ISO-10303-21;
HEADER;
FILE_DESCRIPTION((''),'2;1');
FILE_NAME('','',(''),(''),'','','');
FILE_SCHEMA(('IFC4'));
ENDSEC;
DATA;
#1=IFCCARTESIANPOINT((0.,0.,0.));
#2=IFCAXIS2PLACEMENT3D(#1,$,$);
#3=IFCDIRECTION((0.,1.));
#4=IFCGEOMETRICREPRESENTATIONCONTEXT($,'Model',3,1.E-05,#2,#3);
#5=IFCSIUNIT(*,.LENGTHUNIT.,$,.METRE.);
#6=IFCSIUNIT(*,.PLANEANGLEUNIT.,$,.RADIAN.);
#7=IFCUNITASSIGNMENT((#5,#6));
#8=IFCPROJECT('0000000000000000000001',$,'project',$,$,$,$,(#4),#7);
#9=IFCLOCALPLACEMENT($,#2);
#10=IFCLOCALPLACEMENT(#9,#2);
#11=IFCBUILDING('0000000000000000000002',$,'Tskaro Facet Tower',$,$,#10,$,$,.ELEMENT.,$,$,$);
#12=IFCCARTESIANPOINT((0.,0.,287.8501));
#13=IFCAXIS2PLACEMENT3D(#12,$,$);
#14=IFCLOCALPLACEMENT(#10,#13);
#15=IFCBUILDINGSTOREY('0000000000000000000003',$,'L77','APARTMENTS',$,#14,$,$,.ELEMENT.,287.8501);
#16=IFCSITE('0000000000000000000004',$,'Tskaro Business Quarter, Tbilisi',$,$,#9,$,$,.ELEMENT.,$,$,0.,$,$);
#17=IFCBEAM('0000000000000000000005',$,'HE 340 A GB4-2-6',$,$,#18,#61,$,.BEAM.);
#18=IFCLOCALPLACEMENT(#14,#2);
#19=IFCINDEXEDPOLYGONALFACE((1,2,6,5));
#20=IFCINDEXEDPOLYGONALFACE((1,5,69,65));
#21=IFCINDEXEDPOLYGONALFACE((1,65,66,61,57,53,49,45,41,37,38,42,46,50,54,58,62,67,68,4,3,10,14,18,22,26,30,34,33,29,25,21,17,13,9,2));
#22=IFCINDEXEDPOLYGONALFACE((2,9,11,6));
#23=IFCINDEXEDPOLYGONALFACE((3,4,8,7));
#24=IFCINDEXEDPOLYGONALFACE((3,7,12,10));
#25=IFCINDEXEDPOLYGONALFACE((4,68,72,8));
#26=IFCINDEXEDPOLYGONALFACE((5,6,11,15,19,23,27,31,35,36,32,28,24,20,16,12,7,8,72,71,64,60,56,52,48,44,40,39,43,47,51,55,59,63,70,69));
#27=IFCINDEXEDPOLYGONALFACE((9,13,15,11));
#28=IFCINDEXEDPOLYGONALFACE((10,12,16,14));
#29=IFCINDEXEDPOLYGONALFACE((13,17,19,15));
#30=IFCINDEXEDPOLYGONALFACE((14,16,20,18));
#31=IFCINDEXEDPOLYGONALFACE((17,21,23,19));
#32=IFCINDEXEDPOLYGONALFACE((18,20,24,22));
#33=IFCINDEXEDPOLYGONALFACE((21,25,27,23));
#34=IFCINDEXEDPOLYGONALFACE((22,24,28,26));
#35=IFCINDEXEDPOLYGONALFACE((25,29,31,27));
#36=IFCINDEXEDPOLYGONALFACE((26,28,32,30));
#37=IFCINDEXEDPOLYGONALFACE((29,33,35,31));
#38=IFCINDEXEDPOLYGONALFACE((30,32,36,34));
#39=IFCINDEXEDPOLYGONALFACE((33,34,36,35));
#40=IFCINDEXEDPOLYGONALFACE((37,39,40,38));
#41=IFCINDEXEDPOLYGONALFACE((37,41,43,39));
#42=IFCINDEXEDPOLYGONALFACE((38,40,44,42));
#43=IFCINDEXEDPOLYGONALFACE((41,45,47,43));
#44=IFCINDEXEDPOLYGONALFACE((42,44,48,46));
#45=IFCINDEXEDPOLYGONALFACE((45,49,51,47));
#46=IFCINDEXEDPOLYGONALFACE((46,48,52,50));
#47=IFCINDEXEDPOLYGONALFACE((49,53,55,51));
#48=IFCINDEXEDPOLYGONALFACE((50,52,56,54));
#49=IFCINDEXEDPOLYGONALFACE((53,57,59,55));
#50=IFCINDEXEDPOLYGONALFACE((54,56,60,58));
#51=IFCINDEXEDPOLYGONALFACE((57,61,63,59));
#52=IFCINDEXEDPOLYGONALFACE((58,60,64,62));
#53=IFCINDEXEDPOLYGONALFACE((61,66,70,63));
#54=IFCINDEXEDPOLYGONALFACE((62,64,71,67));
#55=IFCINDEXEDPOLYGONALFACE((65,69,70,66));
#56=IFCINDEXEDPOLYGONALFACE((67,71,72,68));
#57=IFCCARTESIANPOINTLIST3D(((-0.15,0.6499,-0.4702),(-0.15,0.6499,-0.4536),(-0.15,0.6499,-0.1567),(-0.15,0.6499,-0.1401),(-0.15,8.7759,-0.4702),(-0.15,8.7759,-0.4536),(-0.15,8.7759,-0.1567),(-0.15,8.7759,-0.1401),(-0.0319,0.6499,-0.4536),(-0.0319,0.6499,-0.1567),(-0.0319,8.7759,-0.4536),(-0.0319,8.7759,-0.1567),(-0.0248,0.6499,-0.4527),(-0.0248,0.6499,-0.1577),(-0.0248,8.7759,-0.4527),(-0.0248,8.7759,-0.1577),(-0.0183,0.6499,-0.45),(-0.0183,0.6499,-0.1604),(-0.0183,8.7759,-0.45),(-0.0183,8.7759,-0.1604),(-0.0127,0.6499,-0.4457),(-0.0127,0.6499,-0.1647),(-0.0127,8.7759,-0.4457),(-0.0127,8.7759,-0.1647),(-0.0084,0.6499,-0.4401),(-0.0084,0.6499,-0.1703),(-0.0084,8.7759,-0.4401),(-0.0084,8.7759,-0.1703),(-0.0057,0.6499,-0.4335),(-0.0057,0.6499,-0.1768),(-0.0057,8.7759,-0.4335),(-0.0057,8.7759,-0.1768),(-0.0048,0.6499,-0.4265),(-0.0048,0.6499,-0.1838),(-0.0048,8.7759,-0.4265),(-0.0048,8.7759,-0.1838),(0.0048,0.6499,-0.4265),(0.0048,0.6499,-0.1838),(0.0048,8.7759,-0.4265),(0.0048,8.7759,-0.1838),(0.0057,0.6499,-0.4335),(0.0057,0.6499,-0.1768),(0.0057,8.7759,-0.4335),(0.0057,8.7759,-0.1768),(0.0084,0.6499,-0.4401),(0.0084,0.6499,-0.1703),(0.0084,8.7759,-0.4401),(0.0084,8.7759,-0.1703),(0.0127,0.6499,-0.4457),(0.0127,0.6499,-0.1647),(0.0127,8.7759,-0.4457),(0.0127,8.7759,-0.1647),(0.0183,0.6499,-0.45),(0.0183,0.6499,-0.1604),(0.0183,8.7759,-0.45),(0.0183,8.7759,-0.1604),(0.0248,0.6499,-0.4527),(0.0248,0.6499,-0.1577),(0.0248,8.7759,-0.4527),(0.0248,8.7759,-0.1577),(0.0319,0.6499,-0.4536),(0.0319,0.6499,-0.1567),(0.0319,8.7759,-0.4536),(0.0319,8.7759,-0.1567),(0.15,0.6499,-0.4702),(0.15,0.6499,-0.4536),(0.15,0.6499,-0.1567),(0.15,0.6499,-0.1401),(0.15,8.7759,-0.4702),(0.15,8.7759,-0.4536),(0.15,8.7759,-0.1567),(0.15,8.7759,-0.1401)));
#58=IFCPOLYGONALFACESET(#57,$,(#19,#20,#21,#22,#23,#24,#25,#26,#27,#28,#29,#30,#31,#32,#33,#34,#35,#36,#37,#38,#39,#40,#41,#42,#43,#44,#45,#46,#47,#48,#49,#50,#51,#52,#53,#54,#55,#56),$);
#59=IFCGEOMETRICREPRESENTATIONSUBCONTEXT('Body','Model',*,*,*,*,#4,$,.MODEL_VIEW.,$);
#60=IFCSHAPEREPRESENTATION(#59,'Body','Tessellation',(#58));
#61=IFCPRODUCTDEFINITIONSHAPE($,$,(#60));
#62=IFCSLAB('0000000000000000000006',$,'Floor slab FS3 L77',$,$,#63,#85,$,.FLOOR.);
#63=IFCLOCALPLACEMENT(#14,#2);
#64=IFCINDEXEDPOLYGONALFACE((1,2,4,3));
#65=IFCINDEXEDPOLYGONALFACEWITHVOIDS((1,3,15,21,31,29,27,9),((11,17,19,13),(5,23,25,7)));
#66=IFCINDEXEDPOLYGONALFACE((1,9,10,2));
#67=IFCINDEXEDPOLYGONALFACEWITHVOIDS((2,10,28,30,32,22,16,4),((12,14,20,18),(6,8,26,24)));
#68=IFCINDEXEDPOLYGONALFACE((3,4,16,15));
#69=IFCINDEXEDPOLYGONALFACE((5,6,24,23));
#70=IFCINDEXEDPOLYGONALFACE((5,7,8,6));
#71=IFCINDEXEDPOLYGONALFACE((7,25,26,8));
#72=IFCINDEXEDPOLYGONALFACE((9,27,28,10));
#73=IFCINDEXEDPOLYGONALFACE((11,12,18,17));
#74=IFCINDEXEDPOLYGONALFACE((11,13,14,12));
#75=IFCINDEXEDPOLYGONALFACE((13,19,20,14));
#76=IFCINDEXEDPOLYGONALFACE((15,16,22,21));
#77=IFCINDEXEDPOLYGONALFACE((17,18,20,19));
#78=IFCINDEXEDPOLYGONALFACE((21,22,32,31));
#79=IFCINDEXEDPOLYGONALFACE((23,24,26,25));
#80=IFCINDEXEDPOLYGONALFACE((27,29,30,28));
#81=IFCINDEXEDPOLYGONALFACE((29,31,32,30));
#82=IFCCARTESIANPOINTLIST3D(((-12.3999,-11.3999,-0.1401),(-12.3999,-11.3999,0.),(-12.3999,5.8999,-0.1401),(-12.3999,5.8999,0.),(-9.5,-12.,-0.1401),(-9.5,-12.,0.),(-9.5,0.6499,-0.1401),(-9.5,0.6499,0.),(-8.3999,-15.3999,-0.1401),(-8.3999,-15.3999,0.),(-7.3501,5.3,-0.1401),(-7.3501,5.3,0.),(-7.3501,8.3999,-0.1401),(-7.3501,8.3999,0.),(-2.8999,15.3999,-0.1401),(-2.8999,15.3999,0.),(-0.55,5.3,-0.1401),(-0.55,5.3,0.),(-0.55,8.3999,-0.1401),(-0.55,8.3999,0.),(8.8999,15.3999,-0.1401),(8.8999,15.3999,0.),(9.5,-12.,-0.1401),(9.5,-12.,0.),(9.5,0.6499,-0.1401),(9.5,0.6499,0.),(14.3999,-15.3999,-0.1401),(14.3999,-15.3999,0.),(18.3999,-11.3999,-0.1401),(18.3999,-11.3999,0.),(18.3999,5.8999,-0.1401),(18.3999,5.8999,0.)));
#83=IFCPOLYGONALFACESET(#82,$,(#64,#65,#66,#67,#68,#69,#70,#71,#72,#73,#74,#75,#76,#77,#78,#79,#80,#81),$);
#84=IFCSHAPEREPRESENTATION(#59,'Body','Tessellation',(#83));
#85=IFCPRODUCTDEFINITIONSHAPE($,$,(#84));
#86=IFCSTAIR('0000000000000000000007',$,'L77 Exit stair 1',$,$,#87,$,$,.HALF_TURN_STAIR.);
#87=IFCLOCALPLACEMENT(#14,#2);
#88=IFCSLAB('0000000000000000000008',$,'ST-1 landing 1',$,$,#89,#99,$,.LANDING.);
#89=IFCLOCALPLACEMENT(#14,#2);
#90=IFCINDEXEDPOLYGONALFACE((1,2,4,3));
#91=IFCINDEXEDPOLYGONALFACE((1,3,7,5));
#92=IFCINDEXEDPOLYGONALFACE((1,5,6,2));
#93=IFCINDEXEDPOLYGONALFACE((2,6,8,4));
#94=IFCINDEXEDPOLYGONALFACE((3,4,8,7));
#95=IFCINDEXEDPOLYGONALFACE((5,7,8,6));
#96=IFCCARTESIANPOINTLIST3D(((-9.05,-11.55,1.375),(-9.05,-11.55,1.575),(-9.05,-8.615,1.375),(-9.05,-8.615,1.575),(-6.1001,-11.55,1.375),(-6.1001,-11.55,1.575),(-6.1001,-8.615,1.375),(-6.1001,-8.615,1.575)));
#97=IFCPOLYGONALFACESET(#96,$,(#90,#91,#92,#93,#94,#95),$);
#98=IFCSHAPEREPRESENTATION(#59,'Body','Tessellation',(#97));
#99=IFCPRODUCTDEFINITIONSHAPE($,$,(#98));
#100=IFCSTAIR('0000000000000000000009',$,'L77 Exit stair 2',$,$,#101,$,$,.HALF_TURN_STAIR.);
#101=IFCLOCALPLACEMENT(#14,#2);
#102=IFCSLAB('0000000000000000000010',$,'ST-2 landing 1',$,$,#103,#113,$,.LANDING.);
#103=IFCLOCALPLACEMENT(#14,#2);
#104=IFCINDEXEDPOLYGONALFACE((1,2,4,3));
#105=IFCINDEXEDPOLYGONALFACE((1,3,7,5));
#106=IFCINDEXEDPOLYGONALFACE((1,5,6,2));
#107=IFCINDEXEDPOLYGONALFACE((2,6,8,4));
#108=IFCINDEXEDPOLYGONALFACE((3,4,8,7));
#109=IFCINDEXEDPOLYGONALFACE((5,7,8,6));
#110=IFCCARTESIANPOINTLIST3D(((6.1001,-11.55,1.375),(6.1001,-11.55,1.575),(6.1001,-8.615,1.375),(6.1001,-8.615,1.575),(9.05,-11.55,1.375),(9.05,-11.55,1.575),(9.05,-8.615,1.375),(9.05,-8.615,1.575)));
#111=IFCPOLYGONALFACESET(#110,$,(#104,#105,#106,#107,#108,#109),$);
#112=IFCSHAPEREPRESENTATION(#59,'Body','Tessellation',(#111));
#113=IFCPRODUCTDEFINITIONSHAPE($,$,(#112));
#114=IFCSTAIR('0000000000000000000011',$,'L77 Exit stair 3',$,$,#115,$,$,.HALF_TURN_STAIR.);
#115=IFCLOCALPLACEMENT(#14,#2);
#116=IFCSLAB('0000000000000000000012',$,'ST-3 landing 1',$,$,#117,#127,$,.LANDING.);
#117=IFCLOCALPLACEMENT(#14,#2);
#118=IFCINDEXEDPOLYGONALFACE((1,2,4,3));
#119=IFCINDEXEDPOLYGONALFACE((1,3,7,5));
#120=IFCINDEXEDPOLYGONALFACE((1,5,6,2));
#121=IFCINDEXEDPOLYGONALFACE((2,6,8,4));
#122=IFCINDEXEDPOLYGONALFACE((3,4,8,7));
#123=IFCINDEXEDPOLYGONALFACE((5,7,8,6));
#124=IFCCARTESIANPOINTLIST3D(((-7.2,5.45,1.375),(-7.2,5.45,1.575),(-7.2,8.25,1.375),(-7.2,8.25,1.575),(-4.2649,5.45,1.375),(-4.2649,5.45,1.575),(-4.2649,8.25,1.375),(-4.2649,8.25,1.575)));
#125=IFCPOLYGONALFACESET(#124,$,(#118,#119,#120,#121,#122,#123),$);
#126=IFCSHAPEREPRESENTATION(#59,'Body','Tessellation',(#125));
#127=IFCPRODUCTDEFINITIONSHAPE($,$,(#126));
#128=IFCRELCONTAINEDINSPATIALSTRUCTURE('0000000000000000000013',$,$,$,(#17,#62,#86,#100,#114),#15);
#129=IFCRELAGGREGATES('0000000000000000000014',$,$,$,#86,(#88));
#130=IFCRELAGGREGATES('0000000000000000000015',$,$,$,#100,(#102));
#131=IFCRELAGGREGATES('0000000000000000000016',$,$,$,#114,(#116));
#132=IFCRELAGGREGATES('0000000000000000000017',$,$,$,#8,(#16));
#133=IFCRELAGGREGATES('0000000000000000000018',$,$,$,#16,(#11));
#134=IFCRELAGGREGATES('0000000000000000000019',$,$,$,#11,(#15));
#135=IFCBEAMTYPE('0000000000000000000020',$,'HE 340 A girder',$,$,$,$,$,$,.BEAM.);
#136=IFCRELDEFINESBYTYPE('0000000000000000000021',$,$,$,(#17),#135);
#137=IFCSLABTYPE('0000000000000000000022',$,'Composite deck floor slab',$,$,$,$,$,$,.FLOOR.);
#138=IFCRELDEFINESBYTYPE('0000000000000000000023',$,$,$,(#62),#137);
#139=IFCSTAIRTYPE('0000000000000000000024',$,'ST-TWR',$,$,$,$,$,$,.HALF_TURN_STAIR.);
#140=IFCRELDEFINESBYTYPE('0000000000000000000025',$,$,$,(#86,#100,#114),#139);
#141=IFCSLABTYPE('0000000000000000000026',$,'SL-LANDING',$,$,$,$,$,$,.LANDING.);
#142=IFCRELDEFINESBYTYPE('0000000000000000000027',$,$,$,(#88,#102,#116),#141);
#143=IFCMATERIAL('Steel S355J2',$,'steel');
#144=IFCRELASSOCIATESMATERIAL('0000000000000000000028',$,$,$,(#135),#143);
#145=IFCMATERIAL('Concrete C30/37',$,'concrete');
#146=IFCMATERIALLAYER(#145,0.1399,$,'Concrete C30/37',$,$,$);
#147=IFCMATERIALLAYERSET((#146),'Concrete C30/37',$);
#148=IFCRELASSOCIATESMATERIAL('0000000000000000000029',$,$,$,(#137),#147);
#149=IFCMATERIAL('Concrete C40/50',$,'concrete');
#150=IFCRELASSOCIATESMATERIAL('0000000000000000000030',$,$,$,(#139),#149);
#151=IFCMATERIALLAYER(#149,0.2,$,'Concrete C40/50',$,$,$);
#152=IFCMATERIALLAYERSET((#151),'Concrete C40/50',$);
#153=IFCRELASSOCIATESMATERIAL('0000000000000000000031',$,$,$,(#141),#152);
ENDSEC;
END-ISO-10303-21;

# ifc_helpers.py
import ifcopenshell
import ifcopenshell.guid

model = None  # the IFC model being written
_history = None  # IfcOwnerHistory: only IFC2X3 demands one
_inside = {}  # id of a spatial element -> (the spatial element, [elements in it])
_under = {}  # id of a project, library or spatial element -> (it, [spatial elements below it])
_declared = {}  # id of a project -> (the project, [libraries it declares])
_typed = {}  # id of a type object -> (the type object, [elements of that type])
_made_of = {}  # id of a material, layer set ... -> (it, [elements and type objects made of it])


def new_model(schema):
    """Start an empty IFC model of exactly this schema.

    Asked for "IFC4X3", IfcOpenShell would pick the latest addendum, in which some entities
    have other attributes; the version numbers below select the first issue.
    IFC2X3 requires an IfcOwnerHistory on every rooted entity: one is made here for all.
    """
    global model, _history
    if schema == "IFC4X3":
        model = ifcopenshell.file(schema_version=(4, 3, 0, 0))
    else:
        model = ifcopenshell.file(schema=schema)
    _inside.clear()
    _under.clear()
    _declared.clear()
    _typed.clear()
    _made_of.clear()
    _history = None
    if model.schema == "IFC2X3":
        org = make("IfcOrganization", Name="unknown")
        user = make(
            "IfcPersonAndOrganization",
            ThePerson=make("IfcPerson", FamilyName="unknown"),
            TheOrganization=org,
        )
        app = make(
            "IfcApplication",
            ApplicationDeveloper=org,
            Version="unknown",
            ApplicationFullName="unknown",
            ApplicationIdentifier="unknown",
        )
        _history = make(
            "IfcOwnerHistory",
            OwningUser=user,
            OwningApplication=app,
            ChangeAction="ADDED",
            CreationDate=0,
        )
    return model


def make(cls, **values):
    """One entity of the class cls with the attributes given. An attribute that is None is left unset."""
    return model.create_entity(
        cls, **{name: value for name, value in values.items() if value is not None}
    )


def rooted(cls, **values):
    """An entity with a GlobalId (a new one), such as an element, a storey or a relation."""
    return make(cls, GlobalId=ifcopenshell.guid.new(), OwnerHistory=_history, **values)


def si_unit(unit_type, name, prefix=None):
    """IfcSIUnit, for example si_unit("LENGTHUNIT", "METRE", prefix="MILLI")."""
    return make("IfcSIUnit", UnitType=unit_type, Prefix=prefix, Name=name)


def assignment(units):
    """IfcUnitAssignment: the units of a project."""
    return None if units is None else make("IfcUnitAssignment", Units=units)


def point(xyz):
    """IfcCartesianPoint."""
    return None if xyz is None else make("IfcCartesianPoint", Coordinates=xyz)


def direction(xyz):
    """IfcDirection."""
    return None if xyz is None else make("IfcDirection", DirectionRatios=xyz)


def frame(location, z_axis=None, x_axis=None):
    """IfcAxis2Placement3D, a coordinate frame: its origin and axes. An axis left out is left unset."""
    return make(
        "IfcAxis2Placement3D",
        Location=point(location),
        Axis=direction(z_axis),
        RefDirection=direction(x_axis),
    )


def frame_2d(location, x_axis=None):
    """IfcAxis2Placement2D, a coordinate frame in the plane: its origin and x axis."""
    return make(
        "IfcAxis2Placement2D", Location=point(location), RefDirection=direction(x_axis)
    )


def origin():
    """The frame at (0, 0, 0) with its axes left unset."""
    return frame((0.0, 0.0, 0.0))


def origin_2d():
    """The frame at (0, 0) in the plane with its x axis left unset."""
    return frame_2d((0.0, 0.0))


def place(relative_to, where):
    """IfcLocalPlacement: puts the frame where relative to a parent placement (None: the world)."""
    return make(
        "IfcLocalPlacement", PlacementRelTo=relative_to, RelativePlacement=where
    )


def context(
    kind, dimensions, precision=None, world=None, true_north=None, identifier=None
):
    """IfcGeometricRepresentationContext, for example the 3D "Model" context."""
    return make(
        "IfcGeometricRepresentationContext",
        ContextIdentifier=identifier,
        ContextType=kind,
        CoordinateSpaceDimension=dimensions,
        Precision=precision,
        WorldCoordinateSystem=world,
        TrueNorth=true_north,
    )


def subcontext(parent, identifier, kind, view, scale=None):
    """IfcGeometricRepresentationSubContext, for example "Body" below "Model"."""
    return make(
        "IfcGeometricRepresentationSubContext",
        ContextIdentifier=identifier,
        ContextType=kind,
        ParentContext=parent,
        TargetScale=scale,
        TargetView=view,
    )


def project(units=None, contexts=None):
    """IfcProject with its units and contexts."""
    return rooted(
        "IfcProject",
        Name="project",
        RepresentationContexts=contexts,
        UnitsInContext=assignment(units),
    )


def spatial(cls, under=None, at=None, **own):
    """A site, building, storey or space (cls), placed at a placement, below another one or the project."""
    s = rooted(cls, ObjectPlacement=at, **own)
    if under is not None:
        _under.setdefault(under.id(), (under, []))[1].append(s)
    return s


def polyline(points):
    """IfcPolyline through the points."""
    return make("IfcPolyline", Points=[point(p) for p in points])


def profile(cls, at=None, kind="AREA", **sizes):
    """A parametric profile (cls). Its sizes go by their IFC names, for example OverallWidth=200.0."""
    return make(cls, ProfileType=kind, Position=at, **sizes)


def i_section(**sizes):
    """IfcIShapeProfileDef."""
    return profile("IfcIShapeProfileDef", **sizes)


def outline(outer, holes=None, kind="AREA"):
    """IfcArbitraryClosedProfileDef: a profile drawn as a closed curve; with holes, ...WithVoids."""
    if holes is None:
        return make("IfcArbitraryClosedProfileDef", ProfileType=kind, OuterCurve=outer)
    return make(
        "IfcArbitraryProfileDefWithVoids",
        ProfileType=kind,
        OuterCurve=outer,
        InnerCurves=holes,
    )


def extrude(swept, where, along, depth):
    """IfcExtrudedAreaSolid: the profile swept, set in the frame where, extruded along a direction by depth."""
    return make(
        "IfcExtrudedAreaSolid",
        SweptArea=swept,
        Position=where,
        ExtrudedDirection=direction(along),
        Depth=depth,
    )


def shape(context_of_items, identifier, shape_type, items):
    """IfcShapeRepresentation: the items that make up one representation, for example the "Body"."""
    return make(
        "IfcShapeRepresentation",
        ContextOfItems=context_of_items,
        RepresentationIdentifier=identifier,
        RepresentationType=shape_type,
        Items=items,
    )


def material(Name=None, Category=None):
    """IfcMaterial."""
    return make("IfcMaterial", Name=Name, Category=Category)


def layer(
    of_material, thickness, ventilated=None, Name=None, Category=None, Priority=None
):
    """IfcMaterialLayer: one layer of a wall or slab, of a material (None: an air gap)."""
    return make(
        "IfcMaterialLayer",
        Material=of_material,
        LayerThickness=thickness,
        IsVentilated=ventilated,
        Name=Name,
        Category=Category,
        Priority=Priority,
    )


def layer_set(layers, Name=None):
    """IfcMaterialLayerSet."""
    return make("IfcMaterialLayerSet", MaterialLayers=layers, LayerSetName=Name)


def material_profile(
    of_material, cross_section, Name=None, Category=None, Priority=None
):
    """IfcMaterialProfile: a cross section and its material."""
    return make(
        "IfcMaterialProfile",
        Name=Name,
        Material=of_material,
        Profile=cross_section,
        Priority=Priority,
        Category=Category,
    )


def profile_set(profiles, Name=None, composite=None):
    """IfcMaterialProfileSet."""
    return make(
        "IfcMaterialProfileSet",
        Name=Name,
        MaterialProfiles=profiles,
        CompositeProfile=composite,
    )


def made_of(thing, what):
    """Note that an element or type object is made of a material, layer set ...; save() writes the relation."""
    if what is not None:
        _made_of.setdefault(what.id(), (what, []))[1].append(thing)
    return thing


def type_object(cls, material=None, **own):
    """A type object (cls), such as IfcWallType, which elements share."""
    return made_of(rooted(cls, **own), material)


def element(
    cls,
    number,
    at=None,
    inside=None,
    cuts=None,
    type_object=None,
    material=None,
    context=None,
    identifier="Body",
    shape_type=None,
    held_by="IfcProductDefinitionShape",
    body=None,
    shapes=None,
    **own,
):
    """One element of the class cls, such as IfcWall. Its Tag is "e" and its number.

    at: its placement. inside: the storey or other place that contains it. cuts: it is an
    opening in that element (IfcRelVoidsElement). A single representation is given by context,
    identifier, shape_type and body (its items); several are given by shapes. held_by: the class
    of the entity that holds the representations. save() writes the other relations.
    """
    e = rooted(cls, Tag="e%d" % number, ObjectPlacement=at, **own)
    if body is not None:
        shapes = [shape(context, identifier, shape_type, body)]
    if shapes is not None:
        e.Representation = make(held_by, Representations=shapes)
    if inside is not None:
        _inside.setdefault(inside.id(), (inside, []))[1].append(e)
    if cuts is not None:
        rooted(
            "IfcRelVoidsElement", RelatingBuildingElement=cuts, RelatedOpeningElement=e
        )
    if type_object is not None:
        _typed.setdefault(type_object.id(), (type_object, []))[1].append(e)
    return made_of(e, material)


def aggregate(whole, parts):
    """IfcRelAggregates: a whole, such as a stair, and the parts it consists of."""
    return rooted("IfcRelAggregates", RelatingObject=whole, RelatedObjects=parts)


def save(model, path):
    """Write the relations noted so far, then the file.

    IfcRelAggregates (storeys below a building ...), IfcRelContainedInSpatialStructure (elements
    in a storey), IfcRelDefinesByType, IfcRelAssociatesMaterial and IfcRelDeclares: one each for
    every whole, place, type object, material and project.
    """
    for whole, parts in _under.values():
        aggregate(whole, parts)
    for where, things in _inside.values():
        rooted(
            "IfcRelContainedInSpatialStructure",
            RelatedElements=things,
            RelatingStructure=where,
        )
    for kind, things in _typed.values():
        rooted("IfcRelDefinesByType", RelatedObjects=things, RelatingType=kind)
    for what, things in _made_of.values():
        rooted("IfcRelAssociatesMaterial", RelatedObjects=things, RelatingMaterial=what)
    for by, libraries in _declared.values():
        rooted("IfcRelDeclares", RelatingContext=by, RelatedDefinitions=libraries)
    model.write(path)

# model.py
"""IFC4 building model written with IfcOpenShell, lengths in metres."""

from ifc_helpers import new_model, si_unit, direction, frame, origin, origin_2d, place, context, subcontext, project, spatial, polyline, i_section, outline, extrude, material, layer, layer_set, material_profile, profile_set, type_object, element, aggregate, save


model = new_model("IFC4")

# Units and contexts
model_context = context("Model", 3, precision=1e-05, world=origin(), true_north=direction((0.0, 1.0)))
body_context = subcontext(model_context, "Body", "Model", "MODEL_VIEW")
ifc_project = project(units=[si_unit("LENGTHUNIT", "METRE"), si_unit("PLANEANGLEUNIT", "RADIAN")], contexts=[model_context])

# Site, building, storey
site_placement = place(None, origin())
site = spatial("IfcSite", under=ifc_project, at=site_placement, Name="Tskaro Business Quarter, Tbilisi", CompositionType="ELEMENT", RefElevation=0.0)
building_placement = place(site_placement, origin())
building = spatial("IfcBuilding", under=site, at=building_placement, Name="Tskaro Facet Tower", CompositionType="ELEMENT")
storey_placement = place(building_placement, frame((0.0, 0.0, 287.8501)))
storey = spatial("IfcBuildingStorey", under=building, at=storey_placement, Name="L77", Description="APARTMENTS", CompositionType="ELEMENT", Elevation=287.8501)

# Beam
ifc_material_1 = material(Name="Steel S355J2", Category="steel")
ifc_material_profile = material_profile(ifc_material_1, i_section(OverallWidth=0.3, OverallDepth=0.3301, WebThickness=0.0095, FlangeThickness=0.0166, FilletRadius=0.0271, at=origin_2d()), Name="HE 340 A")
ifc_profile_set = profile_set([ifc_material_profile], Name="Steel S355J2")
beam_type = type_object("IfcBeamType", Name="HE 340 A girder", PredefinedType="BEAM", material=ifc_profile_set)
beam_placement = place(storey_placement, frame((0.0, 0.6499, -0.3052), z_axis=(0.0, 1.0, 0.0), x_axis=(-1.0, 0.0, 0.0)))
element("IfcBeam", 1, at=beam_placement, inside=storey, type_object=beam_type, Name="HE 340 A GB4-2-6", PredefinedType="BEAM", context=body_context, shape_type="SweptSolid", body=[
    extrude(i_section(OverallWidth=0.3, OverallDepth=0.3301, WebThickness=0.0095, FlangeThickness=0.0166, FilletRadius=0.0271, at=origin_2d()), origin(), (0.0, 0.0, 1.0), 8.126),
])

# Slab
ifc_material_2 = material(Name="Concrete C30/37", Category="concrete")
ifc_layer_1 = layer(ifc_material_2, 0.1399, Name="Concrete C30/37")
ifc_layer_set_1 = layer_set([ifc_layer_1], Name="Concrete C30/37")
slab_type_1 = type_object("IfcSlabType", Name="Composite deck floor slab", PredefinedType="FLOOR", material=ifc_layer_set_1)
slab_1_placement = place(storey_placement, frame((0.0, 0.0, -0.1401)))
element("IfcSlab", 2, at=slab_1_placement, inside=storey, type_object=slab_type_1, Name="Floor slab FS3 L77", PredefinedType="FLOOR", context=body_context, shape_type="SweptSolid", body=[
    extrude(outline(polyline([(-8.3999, -15.3999), (14.3999, -15.3999), (18.3999, -11.3999), (18.3999, 5.8999), (8.8999, 15.3999), (-2.8999, 15.3999), (-12.3999, 5.8999), (-12.3999, -11.3999), (-8.3999, -15.3999)]), holes=[polyline([(-9.5, -12.0), (9.5, -12.0), (9.5, 0.6499), (-9.5, 0.6499), (-9.5, -12.0)]), polyline([(-7.3501, 5.3), (-0.55, 5.3), (-0.55, 8.3999), (-7.3501, 8.3999), (-7.3501, 5.3)])]), origin(), (0.0, 0.0, 1.0), 0.1401),
])

# Stairs, slabs
ifc_material_3 = material(Name="Concrete C40/50", Category="concrete")
stair_type = type_object("IfcStairType", Name="ST-TWR", PredefinedType="HALF_TURN_STAIR", material=ifc_material_3)
stair_1_placement = place(storey_placement, origin())
stair_1 = element("IfcStair", 3, at=stair_1_placement, inside=storey, type_object=stair_type, Name="L77 Exit stair 1", PredefinedType="HALF_TURN_STAIR")
ifc_layer_2 = layer(ifc_material_3, 0.2, Name="Concrete C40/50")
ifc_layer_set_2 = layer_set([ifc_layer_2], Name="Concrete C40/50")
slab_type_2 = type_object("IfcSlabType", Name="SL-LANDING", PredefinedType="LANDING", material=ifc_layer_set_2)
slab_2_placement = place(storey_placement, frame((0.0, 0.0, 1.375)))
slab_2 = element("IfcSlab", 4, at=slab_2_placement, type_object=slab_type_2, Name="ST-1 landing 1", PredefinedType="LANDING", context=body_context, shape_type="SweptSolid", body=[
    extrude(outline(polyline([(-9.05, -11.55), (-6.1001, -11.55), (-6.1001, -8.615), (-9.05, -8.615), (-9.05, -11.55)])), origin(), (0.0, 0.0, 1.0), 0.2),
])
aggregate(stair_1, [slab_2])
stair_2_placement = place(storey_placement, origin())
stair_2 = element("IfcStair", 5, at=stair_2_placement, inside=storey, type_object=stair_type, Name="L77 Exit stair 2", PredefinedType="HALF_TURN_STAIR")
slab_3_placement = place(storey_placement, frame((0.0, 0.0, 1.375)))
slab_3 = element("IfcSlab", 6, at=slab_3_placement, type_object=slab_type_2, Name="ST-2 landing 1", PredefinedType="LANDING", context=body_context, shape_type="SweptSolid", body=[
    extrude(outline(polyline([(6.1001, -11.55), (9.05, -11.55), (9.05, -8.615), (6.1001, -8.615), (6.1001, -11.55)])), origin(), (0.0, 0.0, 1.0), 0.2),
])
aggregate(stair_2, [slab_3])
stair_3_placement = place(storey_placement, origin())
stair_3 = element("IfcStair", 7, at=stair_3_placement, inside=storey, type_object=stair_type, Name="L77 Exit stair 3", PredefinedType="HALF_TURN_STAIR")
slab_4_placement = place(storey_placement, frame((0.0, 0.0, 1.375)))
slab_4 = element("IfcSlab", 8, at=slab_4_placement, type_object=slab_type_2, Name="ST-3 landing 1", PredefinedType="LANDING", context=body_context, shape_type="SweptSolid", body=[
    extrude(outline(polyline([(-7.2, 5.45), (-4.2649, 5.45), (-4.2649, 8.25), (-7.2, 8.25), (-7.2, 5.45)])), origin(), (0.0, 0.0, 1.0), 0.2),
])
aggregate(stair_3, [slab_4])

save(model, "model.ifc")
